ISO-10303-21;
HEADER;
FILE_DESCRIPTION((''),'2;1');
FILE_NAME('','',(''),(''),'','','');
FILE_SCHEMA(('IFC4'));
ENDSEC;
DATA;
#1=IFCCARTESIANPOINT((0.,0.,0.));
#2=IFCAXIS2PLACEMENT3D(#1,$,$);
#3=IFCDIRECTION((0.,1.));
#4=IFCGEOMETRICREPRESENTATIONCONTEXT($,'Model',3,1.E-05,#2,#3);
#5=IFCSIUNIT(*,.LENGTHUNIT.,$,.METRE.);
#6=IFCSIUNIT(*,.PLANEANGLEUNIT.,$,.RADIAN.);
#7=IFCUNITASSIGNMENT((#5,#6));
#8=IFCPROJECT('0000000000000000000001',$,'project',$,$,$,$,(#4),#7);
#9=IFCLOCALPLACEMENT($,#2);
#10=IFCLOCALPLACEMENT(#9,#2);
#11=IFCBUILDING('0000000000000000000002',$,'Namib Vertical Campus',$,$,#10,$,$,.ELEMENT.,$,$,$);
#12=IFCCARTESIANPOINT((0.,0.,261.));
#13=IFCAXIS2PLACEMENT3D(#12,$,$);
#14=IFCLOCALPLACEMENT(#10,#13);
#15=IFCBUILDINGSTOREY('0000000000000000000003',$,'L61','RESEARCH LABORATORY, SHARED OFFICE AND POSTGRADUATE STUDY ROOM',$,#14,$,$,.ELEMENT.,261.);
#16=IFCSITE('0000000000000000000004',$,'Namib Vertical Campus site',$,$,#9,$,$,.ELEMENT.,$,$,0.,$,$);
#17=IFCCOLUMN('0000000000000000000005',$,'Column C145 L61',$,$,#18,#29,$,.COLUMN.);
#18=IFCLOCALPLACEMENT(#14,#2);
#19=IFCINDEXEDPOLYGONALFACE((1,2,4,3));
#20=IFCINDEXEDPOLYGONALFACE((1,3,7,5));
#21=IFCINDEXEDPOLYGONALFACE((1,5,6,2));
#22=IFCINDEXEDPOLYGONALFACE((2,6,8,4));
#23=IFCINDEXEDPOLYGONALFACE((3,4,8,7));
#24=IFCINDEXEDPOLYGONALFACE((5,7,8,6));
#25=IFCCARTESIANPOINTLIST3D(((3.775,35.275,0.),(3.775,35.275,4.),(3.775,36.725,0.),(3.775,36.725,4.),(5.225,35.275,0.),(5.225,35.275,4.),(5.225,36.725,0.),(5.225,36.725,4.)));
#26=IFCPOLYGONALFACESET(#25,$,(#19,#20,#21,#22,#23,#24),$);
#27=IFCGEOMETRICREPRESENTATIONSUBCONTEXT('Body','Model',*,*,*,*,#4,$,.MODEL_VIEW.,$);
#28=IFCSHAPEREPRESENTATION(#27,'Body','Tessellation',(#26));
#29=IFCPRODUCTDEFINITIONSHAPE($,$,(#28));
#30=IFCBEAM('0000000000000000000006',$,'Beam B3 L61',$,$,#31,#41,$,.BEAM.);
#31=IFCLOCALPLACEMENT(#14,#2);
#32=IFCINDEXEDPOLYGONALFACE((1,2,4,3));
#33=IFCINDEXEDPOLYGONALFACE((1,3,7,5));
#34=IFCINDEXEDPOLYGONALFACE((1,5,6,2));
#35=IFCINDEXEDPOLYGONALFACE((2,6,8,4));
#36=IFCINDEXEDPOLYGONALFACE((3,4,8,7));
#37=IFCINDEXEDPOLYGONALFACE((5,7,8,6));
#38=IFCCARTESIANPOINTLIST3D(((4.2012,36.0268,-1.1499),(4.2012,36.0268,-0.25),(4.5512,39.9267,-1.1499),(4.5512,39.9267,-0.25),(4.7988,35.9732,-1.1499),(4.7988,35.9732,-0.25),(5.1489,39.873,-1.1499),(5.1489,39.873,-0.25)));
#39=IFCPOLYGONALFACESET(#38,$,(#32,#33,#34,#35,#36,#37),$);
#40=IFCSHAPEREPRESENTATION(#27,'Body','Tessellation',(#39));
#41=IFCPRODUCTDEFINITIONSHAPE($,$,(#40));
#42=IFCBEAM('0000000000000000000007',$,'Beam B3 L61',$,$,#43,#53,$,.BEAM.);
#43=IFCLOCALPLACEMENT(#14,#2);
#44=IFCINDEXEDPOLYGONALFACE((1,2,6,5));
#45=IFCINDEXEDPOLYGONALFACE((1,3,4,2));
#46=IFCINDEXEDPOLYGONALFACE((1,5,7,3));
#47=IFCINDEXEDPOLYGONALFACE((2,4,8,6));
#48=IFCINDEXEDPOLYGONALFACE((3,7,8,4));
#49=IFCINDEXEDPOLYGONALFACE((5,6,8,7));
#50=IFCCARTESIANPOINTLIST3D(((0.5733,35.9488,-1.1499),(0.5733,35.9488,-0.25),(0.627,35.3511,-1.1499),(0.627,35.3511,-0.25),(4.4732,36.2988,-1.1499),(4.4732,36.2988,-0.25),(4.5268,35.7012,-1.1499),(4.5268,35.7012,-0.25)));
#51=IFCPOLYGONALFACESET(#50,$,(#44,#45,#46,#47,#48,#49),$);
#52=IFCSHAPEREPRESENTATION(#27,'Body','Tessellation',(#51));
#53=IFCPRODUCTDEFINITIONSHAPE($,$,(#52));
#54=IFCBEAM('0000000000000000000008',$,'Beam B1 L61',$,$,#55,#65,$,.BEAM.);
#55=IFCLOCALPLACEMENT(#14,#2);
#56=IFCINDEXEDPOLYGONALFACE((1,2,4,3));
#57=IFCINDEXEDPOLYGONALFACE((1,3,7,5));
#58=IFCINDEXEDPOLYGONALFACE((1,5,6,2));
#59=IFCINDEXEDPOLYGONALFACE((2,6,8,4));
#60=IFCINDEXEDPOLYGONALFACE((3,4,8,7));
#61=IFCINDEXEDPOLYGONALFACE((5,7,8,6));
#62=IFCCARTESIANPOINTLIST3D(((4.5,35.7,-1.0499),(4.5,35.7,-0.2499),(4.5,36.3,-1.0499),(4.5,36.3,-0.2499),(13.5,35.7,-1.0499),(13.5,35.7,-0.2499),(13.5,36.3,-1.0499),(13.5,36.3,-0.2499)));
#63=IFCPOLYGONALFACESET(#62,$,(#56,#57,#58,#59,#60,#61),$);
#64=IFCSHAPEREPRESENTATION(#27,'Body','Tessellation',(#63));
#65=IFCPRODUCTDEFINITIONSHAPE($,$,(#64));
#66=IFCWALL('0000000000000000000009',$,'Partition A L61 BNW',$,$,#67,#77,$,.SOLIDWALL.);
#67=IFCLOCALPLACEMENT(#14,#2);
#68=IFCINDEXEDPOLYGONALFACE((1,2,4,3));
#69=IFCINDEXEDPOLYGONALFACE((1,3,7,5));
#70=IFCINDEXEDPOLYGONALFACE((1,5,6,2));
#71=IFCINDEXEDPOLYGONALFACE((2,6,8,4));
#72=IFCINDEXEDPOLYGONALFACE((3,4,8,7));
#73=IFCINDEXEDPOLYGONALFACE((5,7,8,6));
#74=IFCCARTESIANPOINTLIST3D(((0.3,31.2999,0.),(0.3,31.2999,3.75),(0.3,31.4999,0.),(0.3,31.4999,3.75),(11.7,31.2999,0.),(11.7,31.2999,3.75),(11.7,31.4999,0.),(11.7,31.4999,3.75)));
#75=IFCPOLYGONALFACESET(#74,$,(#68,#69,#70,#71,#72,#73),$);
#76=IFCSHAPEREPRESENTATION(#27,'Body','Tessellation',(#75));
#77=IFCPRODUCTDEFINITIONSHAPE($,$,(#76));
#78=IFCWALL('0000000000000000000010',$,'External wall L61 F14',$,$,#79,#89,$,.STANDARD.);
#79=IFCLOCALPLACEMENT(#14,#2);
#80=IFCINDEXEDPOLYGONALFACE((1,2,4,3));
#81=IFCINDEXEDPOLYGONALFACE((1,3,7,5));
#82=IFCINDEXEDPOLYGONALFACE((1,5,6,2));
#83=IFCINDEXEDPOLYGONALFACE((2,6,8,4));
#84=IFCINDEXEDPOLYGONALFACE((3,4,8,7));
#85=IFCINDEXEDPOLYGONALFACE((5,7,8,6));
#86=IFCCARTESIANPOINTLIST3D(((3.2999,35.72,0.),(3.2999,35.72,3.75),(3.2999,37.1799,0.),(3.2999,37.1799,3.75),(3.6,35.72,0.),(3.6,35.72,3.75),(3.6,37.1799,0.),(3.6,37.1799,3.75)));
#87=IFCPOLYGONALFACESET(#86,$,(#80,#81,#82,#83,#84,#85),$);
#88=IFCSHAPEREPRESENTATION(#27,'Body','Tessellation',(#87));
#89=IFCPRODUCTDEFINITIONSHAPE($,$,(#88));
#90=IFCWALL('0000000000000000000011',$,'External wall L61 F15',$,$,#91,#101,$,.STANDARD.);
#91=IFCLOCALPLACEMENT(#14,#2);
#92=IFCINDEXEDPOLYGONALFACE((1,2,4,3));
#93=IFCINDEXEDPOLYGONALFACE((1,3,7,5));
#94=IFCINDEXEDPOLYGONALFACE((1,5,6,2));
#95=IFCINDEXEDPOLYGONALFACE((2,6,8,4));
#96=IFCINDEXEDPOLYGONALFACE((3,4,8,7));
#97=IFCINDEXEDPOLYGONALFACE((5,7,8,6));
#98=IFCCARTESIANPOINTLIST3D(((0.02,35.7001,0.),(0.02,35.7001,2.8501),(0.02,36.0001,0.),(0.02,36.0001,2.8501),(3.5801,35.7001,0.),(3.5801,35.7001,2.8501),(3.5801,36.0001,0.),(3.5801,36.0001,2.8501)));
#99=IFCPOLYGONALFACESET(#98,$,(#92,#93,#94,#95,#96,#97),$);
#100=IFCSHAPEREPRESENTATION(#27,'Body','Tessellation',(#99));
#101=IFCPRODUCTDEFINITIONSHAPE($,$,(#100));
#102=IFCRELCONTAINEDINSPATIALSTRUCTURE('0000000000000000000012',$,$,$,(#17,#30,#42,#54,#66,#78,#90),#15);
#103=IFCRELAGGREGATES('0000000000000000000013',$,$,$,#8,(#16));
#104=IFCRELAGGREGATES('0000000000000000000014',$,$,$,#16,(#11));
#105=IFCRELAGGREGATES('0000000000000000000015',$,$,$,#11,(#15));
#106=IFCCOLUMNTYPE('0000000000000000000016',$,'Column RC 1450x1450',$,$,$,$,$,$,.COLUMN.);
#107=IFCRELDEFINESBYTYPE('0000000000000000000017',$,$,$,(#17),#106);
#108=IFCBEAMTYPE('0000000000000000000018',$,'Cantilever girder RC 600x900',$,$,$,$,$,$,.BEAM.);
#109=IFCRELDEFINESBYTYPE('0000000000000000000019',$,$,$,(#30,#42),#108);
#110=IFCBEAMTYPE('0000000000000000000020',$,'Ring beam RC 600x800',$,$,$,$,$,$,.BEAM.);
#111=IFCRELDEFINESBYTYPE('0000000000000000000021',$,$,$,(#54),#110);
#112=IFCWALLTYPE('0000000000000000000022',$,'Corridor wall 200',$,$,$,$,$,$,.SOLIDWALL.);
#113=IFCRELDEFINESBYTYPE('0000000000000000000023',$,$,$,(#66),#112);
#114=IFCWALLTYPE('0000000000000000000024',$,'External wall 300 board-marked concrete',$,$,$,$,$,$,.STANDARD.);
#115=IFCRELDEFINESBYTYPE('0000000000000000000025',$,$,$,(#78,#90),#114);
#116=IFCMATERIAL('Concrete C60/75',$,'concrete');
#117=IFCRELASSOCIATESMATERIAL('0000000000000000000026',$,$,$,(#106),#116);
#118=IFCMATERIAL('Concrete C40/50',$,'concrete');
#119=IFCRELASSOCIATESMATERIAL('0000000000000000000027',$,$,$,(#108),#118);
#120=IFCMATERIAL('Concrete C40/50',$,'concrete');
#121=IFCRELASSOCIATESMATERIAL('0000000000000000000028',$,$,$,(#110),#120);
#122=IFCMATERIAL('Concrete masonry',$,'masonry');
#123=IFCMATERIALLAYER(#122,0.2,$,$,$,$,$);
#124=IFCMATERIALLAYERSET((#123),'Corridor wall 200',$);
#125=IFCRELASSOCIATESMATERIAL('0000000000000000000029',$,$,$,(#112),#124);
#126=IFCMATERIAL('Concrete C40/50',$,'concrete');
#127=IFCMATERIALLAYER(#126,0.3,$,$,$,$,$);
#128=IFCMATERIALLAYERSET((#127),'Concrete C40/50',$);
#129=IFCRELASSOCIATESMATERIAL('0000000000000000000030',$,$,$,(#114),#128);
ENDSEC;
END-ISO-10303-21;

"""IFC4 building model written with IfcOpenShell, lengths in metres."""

from ifc_helpers import new_model, si_unit, direction, frame, frame_2d, origin, origin_2d, place, context, subcontext, project, spatial, rectangle, extrude, material, layer, layer_set, material_profile, profile_set, type_object, element, save


model = new_model("IFC4")

# Units and contexts
model_context = context("Model", 3, precision=1e-05, world=origin(), true_north=direction((0.0, 1.0)))
body_context = subcontext(model_context, "Body", "Model", "MODEL_VIEW")
ifc_project = project(units=[si_unit("LENGTHUNIT", "METRE"), si_unit("PLANEANGLEUNIT", "RADIAN")], contexts=[model_context])

# Site, building, storey
site_placement = place(None, origin())
site = spatial("IfcSite", under=ifc_project, at=site_placement, Name="Namib Vertical Campus site", CompositionType="ELEMENT", RefElevation=0.0)
building_placement = place(site_placement, origin())
building = spatial("IfcBuilding", under=site, at=building_placement, Name="Namib Vertical Campus", CompositionType="ELEMENT")
storey_placement = place(building_placement, frame((0.0, 0.0, 261.0)))
storey = spatial("IfcBuildingStorey", under=building, at=storey_placement, Name="L61", Description="RESEARCH LABORATORY, SHARED OFFICE AND POSTGRADUATE STUDY ROOM", CompositionType="ELEMENT", Elevation=261.0)

# Column
ifc_material_1 = material(Name="Concrete C60/75", Category="concrete")
ifc_material_profile_1 = material_profile(ifc_material_1, rectangle(XDim=1.45, YDim=1.45, at=origin_2d()))
ifc_profile_set_1 = profile_set([ifc_material_profile_1], Name="Concrete C60/75")
column_type = type_object("IfcColumnType", Name="Column RC 1450x1450", PredefinedType="COLUMN", material=ifc_profile_set_1)
column_placement = place(storey_placement, frame((4.5, 36.0, 0.0), z_axis=(0.0, 0.0, 1.0), x_axis=(1.0, 0.0, 0.0)))
element("IfcColumn", 1, at=column_placement, inside=storey, type_object=column_type, Name="Column C145 L61", PredefinedType="COLUMN", context=body_context, shape_type="SweptSolid", body=[
    extrude(rectangle(XDim=1.45, YDim=1.45, at=origin_2d()), origin(), (0.0, 0.0, 1.0), 4.0),
])

# Beams
ifc_material_2 = material(Name="Concrete C40/50", Category="concrete")
ifc_material_profile_2 = material_profile(ifc_material_2, rectangle(XDim=0.6001, YDim=0.8999, at=origin_2d()))
ifc_profile_set_2 = profile_set([ifc_material_profile_2], Name="Concrete C40/50")
beam_type_1 = type_object("IfcBeamType", Name="Cantilever girder RC 600x900", PredefinedType="BEAM", material=ifc_profile_set_2)
for number, where, z_axis, x_axis, name in (
    (2, (4.5, 36.0, -0.7), (0.089411, 0.995995, 0.0), (-0.995995, 0.089411, 0.0), "Beam B3 L61"),
    (3, (4.5, 36.0, -0.7), (-0.995995, -0.089411, 0.0), (0.089411, -0.995995, 0.0), "Beam B3 L61"),
):
    element("IfcBeam", number, at=place(storey_placement, frame(where, z_axis=z_axis, x_axis=x_axis)), inside=storey, type_object=beam_type_1, Name=name, PredefinedType="BEAM", context=body_context, shape_type="SweptSolid", body=[
        extrude(rectangle(XDim=0.6001, YDim=0.8999, at=origin_2d()), origin(), (0.0, 0.0, 1.0), 3.9155),
    ])
ifc_material_3 = material(Name="Concrete C40/50", Category="concrete")
ifc_material_profile_3 = material_profile(ifc_material_3, rectangle(XDim=0.6001, YDim=0.8, at=origin_2d()))
ifc_profile_set_3 = profile_set([ifc_material_profile_3], Name="Concrete C40/50")
beam_type_2 = type_object("IfcBeamType", Name="Ring beam RC 600x800", PredefinedType="BEAM", material=ifc_profile_set_3)
beam_placement = place(storey_placement, frame((4.5, 36.0, -0.6499), z_axis=(1.0, 0.0, 0.0), x_axis=(0.0, 1.0, 0.0)))
element("IfcBeam", 4, at=beam_placement, inside=storey, type_object=beam_type_2, Name="Beam B1 L61", PredefinedType="BEAM", context=body_context, shape_type="SweptSolid", body=[
    extrude(rectangle(XDim=0.6001, YDim=0.8, at=origin_2d()), origin(), (0.0, 0.0, 1.0), 9.0),
])

# Walls
ifc_material_4 = material(Name="Concrete masonry", Category="masonry")
ifc_layer_1 = layer(ifc_material_4, 0.2)
ifc_layer_set_1 = layer_set([ifc_layer_1], Name="Corridor wall 200")
wall_type_1 = type_object("IfcWallType", Name="Corridor wall 200", PredefinedType="SOLIDWALL", material=ifc_layer_set_1)
wall_1_placement = place(storey_placement, frame((0.3, 31.3999, 0.0), z_axis=(0.0, 0.0, 1.0), x_axis=(1.0, 0.0, 0.0)))
element("IfcWall", 5, at=wall_1_placement, inside=storey, type_object=wall_type_1, Name="Partition A L61 BNW", PredefinedType="SOLIDWALL", context=body_context, shape_type="SweptSolid", body=[
    extrude(rectangle(XDim=11.3999, YDim=0.2, at=frame_2d((5.7, 0.0))), origin(), (0.0, 0.0, 1.0), 3.75),
])
ifc_material_5 = material(Name="Concrete C40/50", Category="concrete")
ifc_layer_2 = layer(ifc_material_5, 0.3)
ifc_layer_set_2 = layer_set([ifc_layer_2], Name="Concrete C40/50")
wall_type_2 = type_object("IfcWallType", Name="External wall 300 board-marked concrete", PredefinedType="STANDARD", material=ifc_layer_set_2)
wall_2_placement = place(storey_placement, frame((3.45, 37.1799, 0.0), z_axis=(0.0, 0.0, 1.0), x_axis=(0.0, -1.0, 0.0)))
element("IfcWall", 6, at=wall_2_placement, inside=storey, type_object=wall_type_2, Name="External wall L61 F14", PredefinedType="STANDARD", context=body_context, shape_type="SweptSolid", body=[
    extrude(rectangle(XDim=1.46, YDim=0.3, at=frame_2d((0.73, 0.0))), origin(), (0.0, 0.0, 1.0), 3.75),
])
wall_3_placement = place(storey_placement, frame((3.5801, 35.8501, 0.0), z_axis=(0.0, 0.0, 1.0), x_axis=(-1.0, 0.0, 0.0)))
element("IfcWall", 7, at=wall_3_placement, inside=storey, type_object=wall_type_2, Name="External wall L61 F15", PredefinedType="STANDARD", context=body_context, shape_type="SweptSolid", body=[
    extrude(rectangle(XDim=3.5601, YDim=0.3, at=frame_2d((1.78, 0.0))), origin(), (0.0, 0.0, 1.0), 2.8501),
])

save(model, "model.ifc")
